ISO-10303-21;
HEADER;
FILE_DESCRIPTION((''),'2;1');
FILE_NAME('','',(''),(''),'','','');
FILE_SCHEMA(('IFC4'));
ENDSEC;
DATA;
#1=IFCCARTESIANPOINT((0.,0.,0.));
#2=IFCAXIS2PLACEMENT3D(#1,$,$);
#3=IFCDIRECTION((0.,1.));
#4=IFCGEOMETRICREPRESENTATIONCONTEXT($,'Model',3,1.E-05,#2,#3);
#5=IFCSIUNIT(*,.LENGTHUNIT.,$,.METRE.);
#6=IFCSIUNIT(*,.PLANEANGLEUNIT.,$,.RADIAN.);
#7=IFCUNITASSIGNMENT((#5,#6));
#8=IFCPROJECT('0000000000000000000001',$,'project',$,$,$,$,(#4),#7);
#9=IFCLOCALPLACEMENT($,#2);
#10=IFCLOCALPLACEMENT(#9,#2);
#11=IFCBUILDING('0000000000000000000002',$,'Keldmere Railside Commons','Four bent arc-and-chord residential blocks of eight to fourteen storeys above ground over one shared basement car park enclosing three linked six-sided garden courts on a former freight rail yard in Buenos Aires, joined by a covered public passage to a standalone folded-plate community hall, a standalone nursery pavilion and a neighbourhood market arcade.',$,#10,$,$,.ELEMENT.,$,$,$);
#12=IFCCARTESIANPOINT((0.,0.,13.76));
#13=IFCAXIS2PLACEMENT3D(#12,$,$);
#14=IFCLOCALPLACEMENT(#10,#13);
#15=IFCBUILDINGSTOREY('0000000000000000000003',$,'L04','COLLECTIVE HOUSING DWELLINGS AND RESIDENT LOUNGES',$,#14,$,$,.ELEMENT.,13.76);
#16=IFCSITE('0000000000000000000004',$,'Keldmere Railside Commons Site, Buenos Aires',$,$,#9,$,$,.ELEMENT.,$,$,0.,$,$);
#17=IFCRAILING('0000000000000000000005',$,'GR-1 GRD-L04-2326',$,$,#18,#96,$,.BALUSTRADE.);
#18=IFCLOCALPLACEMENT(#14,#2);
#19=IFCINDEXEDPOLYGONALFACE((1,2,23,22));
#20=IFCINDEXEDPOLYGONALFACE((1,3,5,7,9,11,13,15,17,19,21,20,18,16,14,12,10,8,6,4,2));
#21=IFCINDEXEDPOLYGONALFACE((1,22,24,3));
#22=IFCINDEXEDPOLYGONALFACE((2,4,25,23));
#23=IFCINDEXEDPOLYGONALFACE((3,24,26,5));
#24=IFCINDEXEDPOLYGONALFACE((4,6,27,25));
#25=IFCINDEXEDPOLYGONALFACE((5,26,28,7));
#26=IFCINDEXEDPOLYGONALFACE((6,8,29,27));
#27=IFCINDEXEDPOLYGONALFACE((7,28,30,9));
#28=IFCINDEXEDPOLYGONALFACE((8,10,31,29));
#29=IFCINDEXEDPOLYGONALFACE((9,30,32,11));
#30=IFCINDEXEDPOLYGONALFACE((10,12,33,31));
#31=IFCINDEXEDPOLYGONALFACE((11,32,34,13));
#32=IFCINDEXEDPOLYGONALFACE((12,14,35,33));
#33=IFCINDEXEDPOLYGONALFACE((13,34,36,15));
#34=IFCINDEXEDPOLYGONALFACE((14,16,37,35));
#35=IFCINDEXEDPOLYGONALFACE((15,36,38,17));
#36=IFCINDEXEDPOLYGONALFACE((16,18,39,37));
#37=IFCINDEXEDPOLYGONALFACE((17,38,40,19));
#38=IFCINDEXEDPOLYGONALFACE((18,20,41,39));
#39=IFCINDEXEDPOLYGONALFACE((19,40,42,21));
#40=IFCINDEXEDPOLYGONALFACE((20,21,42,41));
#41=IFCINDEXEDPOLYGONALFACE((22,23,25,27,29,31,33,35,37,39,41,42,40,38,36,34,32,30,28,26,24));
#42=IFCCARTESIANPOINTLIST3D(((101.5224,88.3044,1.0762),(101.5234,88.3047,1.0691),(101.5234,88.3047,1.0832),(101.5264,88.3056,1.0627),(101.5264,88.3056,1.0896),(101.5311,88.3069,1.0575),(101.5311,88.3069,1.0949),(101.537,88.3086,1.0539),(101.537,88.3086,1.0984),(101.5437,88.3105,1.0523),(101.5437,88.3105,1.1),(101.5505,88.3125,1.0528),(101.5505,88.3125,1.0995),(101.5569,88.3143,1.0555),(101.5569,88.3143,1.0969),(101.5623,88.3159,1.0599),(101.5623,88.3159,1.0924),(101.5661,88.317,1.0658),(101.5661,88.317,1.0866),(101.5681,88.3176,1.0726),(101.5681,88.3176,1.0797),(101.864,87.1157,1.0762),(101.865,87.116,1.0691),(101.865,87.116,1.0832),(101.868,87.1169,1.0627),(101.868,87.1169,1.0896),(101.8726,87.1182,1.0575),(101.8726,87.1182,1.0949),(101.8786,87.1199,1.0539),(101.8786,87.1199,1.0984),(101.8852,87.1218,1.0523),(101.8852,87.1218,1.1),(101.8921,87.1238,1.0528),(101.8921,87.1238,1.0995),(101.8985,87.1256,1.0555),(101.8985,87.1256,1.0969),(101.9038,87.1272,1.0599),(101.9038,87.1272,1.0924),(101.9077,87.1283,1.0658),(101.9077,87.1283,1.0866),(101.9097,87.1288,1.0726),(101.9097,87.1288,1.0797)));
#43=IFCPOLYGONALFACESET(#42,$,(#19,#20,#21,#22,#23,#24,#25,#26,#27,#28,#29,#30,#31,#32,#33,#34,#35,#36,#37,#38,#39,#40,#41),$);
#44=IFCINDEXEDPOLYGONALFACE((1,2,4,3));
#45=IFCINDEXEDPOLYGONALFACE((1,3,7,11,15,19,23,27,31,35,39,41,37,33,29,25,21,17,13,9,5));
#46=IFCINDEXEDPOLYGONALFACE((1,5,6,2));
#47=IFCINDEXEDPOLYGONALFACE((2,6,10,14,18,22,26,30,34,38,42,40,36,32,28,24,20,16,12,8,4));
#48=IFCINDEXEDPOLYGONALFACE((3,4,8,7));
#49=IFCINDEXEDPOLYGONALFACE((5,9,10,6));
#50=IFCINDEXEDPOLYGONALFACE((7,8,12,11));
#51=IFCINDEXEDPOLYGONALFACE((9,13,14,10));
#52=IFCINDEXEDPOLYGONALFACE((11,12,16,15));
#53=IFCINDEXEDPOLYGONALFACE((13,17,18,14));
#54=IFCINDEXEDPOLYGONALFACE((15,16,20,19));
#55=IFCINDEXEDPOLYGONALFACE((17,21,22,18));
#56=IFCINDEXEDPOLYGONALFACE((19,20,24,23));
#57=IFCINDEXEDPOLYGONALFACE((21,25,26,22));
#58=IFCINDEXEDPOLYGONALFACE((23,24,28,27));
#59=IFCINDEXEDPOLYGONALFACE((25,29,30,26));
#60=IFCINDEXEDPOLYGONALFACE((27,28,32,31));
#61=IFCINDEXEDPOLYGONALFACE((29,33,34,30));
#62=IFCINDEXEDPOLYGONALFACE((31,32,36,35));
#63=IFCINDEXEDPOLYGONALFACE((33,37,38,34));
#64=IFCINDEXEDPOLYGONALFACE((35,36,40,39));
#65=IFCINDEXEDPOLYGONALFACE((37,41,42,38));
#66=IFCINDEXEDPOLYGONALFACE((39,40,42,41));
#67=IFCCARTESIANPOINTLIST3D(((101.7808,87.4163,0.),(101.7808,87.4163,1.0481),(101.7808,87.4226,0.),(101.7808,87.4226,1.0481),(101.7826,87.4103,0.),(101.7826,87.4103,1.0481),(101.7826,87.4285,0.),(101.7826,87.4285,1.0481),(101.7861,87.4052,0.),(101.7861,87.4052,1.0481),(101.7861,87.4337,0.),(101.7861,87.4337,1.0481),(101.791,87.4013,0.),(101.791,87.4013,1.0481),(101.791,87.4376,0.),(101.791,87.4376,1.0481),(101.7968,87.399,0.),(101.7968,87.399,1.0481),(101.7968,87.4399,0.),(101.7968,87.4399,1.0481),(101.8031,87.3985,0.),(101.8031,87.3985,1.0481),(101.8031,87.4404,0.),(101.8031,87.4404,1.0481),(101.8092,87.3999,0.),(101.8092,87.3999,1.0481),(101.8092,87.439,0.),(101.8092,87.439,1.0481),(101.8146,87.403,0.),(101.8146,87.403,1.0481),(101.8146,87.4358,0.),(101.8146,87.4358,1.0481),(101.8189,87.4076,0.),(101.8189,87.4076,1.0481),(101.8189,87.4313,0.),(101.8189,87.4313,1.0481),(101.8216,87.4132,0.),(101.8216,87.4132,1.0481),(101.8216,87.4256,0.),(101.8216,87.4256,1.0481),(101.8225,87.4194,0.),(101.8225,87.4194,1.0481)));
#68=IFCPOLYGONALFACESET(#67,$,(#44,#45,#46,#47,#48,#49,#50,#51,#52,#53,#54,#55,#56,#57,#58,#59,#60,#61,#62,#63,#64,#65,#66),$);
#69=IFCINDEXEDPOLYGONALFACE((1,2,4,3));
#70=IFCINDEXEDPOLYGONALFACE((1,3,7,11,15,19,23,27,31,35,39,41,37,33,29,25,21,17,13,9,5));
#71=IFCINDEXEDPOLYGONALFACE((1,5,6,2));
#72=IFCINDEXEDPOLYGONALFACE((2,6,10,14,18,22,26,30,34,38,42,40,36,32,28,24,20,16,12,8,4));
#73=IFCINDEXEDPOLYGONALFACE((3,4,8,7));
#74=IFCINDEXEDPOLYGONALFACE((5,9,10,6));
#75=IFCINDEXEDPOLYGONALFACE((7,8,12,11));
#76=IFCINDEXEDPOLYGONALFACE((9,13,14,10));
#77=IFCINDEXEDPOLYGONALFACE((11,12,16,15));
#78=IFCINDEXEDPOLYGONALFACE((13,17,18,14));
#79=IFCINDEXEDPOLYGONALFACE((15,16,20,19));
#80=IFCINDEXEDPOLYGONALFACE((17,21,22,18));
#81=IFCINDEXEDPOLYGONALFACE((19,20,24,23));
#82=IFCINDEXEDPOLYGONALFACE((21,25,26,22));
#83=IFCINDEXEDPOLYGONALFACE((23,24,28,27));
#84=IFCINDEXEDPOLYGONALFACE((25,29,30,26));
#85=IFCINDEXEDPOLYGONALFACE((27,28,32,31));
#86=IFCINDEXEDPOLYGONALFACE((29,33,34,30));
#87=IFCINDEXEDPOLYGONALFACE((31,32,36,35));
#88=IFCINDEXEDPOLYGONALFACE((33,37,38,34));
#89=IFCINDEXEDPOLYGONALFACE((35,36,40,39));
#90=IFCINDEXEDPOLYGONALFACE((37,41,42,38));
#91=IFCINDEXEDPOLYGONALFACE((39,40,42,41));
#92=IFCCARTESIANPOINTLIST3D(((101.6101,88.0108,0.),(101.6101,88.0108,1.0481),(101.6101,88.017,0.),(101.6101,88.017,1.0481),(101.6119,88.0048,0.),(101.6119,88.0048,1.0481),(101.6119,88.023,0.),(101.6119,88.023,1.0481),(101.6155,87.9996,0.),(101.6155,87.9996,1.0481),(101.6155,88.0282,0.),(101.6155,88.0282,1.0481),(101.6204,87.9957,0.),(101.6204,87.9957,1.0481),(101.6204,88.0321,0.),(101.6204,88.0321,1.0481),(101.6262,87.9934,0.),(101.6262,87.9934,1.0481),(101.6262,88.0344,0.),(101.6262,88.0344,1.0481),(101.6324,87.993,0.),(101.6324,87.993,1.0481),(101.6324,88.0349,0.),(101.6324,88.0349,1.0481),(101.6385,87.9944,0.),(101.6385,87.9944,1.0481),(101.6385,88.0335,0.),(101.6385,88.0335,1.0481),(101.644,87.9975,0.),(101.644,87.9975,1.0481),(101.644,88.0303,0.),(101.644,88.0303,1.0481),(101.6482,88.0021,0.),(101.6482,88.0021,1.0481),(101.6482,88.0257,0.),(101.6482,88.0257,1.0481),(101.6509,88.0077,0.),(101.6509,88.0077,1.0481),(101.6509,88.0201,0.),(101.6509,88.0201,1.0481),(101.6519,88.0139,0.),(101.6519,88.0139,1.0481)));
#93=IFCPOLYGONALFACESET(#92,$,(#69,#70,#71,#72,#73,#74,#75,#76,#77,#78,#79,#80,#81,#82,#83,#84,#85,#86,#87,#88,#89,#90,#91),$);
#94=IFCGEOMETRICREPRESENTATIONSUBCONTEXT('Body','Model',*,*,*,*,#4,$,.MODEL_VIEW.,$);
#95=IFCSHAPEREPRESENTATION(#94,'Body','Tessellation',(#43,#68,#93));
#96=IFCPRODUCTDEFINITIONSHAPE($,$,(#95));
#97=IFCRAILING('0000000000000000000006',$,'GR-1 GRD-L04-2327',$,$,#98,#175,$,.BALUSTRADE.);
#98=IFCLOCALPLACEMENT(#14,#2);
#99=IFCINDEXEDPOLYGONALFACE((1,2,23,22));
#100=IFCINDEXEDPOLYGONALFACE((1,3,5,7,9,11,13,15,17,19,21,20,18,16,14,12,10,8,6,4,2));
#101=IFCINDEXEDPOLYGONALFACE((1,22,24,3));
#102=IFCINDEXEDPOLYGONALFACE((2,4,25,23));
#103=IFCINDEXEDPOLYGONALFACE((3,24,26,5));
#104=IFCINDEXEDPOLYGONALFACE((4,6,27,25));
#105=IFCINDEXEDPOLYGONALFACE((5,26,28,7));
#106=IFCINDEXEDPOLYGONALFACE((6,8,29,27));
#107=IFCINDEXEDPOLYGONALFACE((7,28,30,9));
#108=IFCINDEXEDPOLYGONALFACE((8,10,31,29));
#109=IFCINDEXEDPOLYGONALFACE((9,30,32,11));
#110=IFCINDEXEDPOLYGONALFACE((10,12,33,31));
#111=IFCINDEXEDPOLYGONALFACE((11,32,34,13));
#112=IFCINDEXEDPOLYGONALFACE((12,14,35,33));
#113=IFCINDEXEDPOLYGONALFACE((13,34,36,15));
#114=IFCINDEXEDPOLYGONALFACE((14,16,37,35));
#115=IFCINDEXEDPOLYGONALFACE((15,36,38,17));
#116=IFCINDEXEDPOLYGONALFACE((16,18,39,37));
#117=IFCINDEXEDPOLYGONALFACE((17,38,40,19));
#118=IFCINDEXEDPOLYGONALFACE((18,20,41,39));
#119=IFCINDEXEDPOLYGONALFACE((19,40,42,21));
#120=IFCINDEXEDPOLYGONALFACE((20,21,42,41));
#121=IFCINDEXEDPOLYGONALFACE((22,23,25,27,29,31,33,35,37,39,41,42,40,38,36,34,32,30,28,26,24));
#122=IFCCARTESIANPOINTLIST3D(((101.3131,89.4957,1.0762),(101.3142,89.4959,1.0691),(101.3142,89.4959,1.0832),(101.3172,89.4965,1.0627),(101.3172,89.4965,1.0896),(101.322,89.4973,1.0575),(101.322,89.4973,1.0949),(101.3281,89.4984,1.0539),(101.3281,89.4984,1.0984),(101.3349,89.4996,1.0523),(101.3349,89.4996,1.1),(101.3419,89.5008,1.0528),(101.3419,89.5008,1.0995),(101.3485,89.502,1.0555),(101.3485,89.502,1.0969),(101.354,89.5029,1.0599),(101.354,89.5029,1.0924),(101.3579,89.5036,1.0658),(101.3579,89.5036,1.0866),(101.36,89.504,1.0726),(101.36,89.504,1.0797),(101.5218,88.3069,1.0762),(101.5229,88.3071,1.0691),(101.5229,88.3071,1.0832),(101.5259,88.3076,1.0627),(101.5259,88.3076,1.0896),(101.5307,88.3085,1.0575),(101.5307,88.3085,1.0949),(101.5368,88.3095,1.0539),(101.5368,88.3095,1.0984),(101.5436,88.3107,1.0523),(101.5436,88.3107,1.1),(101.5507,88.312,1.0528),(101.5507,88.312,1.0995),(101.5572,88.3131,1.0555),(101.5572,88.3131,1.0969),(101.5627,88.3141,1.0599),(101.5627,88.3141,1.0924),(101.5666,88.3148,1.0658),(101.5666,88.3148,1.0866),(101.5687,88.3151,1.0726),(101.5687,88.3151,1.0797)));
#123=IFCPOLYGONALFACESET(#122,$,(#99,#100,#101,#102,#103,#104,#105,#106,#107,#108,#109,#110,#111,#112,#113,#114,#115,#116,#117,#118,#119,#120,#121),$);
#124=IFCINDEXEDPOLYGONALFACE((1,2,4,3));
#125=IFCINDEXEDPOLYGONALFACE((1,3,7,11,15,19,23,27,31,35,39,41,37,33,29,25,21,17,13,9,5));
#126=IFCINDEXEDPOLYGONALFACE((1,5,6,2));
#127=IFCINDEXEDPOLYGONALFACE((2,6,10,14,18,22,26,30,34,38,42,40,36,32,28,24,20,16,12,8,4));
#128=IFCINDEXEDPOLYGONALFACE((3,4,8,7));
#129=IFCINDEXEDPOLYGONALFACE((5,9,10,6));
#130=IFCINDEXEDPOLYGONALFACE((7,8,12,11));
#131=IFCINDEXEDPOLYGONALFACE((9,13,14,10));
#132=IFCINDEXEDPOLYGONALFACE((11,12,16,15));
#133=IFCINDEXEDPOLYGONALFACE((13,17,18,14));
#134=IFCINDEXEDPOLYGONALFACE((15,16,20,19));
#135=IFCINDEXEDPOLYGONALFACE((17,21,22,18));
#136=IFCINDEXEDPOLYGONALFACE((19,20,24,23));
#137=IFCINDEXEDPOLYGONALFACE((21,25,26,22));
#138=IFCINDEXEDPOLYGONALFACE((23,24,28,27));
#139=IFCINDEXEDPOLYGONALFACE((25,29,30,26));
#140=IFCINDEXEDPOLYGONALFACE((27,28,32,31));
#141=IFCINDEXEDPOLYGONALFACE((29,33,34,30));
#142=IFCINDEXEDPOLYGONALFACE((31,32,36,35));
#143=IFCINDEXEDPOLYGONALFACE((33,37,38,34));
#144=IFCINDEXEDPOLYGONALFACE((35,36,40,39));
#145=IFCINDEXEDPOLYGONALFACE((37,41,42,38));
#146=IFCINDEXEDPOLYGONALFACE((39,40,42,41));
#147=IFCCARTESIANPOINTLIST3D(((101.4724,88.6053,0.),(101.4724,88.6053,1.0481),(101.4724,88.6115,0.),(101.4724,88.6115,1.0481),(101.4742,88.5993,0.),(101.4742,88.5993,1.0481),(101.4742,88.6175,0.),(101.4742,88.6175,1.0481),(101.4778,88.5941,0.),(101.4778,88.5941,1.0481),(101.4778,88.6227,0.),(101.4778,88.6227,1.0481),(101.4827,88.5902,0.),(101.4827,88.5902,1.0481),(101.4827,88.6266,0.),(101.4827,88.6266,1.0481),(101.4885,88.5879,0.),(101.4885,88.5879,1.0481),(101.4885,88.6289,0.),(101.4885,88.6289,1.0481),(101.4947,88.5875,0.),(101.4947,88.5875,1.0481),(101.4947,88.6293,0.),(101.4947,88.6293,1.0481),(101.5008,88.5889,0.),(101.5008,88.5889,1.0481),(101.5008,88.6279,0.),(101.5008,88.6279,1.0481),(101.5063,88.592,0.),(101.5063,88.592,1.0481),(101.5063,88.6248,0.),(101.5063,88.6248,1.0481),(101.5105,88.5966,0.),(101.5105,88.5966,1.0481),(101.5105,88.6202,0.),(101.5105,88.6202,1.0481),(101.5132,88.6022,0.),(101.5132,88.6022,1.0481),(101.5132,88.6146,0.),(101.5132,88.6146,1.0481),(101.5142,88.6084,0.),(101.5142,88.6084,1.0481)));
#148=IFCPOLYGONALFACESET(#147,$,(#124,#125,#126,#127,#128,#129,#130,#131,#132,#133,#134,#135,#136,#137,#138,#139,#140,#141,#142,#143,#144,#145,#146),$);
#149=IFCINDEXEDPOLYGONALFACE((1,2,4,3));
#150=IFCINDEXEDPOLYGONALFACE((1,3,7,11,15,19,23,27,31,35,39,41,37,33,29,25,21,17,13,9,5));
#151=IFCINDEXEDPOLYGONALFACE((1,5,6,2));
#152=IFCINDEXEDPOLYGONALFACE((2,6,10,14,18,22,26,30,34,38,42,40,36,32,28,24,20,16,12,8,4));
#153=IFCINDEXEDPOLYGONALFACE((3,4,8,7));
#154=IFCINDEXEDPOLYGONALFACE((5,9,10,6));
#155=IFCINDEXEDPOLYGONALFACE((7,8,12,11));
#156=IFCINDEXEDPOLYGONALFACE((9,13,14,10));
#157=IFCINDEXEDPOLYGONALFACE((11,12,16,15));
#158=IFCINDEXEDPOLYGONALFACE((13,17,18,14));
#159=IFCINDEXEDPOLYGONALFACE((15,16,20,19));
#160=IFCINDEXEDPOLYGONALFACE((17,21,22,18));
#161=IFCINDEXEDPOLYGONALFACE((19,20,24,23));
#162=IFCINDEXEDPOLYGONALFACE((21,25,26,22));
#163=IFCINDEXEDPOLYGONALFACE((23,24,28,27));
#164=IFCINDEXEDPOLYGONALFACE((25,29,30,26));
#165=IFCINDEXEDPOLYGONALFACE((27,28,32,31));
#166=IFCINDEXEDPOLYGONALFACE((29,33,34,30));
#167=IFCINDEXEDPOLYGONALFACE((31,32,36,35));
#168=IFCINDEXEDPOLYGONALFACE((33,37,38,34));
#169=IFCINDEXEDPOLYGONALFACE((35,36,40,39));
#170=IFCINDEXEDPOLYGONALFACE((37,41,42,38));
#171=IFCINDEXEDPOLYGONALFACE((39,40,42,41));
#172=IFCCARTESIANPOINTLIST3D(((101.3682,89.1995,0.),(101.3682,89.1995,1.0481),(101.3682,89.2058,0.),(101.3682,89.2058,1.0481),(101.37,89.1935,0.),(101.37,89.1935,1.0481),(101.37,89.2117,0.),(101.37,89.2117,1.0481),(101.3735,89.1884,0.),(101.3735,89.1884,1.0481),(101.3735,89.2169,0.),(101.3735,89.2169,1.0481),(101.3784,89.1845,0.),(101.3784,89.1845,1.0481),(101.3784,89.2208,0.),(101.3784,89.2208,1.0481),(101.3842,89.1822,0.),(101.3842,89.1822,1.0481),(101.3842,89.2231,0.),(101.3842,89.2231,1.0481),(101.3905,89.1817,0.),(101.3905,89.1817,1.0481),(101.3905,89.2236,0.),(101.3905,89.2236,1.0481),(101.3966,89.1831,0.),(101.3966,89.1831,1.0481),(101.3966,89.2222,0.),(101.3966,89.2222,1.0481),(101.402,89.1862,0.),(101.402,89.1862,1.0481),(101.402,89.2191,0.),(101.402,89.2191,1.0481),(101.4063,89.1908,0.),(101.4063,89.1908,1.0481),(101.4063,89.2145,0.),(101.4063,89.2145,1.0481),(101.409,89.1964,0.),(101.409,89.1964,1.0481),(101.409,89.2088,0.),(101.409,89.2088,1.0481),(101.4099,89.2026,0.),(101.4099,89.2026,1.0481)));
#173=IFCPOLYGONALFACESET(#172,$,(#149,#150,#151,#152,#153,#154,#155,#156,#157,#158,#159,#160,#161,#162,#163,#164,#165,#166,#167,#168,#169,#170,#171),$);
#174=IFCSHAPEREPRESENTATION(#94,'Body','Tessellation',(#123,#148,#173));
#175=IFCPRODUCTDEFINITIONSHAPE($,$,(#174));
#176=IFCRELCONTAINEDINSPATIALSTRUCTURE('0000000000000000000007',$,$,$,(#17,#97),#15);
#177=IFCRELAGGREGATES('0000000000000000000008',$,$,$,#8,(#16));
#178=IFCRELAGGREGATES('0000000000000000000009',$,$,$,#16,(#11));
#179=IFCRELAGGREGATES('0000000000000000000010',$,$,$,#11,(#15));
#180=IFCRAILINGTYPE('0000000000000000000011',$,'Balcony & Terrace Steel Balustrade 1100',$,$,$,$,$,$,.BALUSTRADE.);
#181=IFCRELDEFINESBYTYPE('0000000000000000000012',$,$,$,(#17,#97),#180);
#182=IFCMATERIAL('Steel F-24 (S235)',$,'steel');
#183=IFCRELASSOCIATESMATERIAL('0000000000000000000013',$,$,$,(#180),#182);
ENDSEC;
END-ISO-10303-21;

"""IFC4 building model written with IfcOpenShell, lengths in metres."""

from ifc_helpers import new_model, si_unit, direction, frame, origin, origin_2d, place, context, subcontext, project, spatial, circle, extrude, material, type_object, element, save


model = new_model("IFC4")

# Units and contexts
model_context = context("Model", 3, precision=1e-05, world=origin(), true_north=direction((0.0, 1.0)))
body_context = subcontext(model_context, "Body", "Model", "MODEL_VIEW")
ifc_project = project(units=[si_unit("LENGTHUNIT", "METRE"), si_unit("PLANEANGLEUNIT", "RADIAN")], contexts=[model_context])

# Site, building, storey
site_placement = place(None, origin())
site = spatial("IfcSite", under=ifc_project, at=site_placement, Name="Keldmere Railside Commons Site, Buenos Aires", CompositionType="ELEMENT", RefElevation=0.0)
building_placement = place(site_placement, origin())
building = spatial("IfcBuilding", under=site, at=building_placement, Name="Keldmere Railside Commons", Description="Four bent arc-and-chord residential blocks of eight to fourteen storeys above ground over one shared basement car park enclosing three linked six-sided garden courts on a former freight rail yard in Buenos Aires, joined by a covered public passage to a standalone folded-plate community hall, a standalone nursery pavilion and a neighbourhood market arcade.", CompositionType="ELEMENT")
storey_placement = place(building_placement, frame((0.0, 0.0, 13.76)))
storey = spatial("IfcBuildingStorey", under=building, at=storey_placement, Name="L04", Description="COLLECTIVE HOUSING DWELLINGS AND RESIDENT LOUNGES", CompositionType="ELEMENT", Elevation=13.76)

# Shared definitions
ifc_material_1 = material(Name="Steel F-24 (S235)", Category="steel")

# Railings
railing_type = type_object("IfcRailingType", Name="Balcony & Terrace Steel Balustrade 1100", PredefinedType="BALUSTRADE", material=ifc_material_1)
railing_1_placement = place(storey_placement, frame((101.887, 87.1223, 0.0)))
element("IfcRailing", 1, at=railing_1_placement, inside=storey, type_object=railing_type, Name="GR-1 GRD-L04-2326", PredefinedType="BALUSTRADE", context=body_context, shape_type="SweptSolid", body=[
    extrude(circle(Radius=0.0239, at=origin_2d()), frame((0.0, 0.0, 1.0762), z_axis=(-0.276155, 0.961113, 0.0), x_axis=(-0.961113, -0.276155, 0.0)), (0.0, 0.0, 1.0), 1.2368),
    extrude(circle(Radius=0.021, at=origin_2d()), frame((-0.0854, 0.2971, 0.0)), (0.0, 0.0, 1.0), 1.0481),
    extrude(circle(Radius=0.021, at=origin_2d()), frame((-0.2561, 0.8916, 0.0)), (0.0, 0.0, 1.0), 1.0481),
])
railing_2_placement = place(storey_placement, frame((101.5454, 88.311, 0.0)))
element("IfcRailing", 2, at=railing_2_placement, inside=storey, type_object=railing_type, Name="GR-1 GRD-L04-2327", PredefinedType="BALUSTRADE", context=body_context, shape_type="SweptSolid", body=[
    extrude(circle(Radius=0.0239, at=origin_2d()), frame((0.0, 0.0, 1.0762), z_axis=(-0.17292, 0.984936, 0.0), x_axis=(-0.984936, -0.17292, 0.0)), (0.0, 0.0, 1.0), 1.207),
    extrude(circle(Radius=0.021, at=origin_2d()), frame((-0.0522, 0.2974, 0.0)), (0.0, 0.0, 1.0), 1.0481),
    extrude(circle(Radius=0.021, at=origin_2d()), frame((-0.1565, 0.8916, 0.0)), (0.0, 0.0, 1.0), 1.0481),
])

save(model, "model.ifc")
